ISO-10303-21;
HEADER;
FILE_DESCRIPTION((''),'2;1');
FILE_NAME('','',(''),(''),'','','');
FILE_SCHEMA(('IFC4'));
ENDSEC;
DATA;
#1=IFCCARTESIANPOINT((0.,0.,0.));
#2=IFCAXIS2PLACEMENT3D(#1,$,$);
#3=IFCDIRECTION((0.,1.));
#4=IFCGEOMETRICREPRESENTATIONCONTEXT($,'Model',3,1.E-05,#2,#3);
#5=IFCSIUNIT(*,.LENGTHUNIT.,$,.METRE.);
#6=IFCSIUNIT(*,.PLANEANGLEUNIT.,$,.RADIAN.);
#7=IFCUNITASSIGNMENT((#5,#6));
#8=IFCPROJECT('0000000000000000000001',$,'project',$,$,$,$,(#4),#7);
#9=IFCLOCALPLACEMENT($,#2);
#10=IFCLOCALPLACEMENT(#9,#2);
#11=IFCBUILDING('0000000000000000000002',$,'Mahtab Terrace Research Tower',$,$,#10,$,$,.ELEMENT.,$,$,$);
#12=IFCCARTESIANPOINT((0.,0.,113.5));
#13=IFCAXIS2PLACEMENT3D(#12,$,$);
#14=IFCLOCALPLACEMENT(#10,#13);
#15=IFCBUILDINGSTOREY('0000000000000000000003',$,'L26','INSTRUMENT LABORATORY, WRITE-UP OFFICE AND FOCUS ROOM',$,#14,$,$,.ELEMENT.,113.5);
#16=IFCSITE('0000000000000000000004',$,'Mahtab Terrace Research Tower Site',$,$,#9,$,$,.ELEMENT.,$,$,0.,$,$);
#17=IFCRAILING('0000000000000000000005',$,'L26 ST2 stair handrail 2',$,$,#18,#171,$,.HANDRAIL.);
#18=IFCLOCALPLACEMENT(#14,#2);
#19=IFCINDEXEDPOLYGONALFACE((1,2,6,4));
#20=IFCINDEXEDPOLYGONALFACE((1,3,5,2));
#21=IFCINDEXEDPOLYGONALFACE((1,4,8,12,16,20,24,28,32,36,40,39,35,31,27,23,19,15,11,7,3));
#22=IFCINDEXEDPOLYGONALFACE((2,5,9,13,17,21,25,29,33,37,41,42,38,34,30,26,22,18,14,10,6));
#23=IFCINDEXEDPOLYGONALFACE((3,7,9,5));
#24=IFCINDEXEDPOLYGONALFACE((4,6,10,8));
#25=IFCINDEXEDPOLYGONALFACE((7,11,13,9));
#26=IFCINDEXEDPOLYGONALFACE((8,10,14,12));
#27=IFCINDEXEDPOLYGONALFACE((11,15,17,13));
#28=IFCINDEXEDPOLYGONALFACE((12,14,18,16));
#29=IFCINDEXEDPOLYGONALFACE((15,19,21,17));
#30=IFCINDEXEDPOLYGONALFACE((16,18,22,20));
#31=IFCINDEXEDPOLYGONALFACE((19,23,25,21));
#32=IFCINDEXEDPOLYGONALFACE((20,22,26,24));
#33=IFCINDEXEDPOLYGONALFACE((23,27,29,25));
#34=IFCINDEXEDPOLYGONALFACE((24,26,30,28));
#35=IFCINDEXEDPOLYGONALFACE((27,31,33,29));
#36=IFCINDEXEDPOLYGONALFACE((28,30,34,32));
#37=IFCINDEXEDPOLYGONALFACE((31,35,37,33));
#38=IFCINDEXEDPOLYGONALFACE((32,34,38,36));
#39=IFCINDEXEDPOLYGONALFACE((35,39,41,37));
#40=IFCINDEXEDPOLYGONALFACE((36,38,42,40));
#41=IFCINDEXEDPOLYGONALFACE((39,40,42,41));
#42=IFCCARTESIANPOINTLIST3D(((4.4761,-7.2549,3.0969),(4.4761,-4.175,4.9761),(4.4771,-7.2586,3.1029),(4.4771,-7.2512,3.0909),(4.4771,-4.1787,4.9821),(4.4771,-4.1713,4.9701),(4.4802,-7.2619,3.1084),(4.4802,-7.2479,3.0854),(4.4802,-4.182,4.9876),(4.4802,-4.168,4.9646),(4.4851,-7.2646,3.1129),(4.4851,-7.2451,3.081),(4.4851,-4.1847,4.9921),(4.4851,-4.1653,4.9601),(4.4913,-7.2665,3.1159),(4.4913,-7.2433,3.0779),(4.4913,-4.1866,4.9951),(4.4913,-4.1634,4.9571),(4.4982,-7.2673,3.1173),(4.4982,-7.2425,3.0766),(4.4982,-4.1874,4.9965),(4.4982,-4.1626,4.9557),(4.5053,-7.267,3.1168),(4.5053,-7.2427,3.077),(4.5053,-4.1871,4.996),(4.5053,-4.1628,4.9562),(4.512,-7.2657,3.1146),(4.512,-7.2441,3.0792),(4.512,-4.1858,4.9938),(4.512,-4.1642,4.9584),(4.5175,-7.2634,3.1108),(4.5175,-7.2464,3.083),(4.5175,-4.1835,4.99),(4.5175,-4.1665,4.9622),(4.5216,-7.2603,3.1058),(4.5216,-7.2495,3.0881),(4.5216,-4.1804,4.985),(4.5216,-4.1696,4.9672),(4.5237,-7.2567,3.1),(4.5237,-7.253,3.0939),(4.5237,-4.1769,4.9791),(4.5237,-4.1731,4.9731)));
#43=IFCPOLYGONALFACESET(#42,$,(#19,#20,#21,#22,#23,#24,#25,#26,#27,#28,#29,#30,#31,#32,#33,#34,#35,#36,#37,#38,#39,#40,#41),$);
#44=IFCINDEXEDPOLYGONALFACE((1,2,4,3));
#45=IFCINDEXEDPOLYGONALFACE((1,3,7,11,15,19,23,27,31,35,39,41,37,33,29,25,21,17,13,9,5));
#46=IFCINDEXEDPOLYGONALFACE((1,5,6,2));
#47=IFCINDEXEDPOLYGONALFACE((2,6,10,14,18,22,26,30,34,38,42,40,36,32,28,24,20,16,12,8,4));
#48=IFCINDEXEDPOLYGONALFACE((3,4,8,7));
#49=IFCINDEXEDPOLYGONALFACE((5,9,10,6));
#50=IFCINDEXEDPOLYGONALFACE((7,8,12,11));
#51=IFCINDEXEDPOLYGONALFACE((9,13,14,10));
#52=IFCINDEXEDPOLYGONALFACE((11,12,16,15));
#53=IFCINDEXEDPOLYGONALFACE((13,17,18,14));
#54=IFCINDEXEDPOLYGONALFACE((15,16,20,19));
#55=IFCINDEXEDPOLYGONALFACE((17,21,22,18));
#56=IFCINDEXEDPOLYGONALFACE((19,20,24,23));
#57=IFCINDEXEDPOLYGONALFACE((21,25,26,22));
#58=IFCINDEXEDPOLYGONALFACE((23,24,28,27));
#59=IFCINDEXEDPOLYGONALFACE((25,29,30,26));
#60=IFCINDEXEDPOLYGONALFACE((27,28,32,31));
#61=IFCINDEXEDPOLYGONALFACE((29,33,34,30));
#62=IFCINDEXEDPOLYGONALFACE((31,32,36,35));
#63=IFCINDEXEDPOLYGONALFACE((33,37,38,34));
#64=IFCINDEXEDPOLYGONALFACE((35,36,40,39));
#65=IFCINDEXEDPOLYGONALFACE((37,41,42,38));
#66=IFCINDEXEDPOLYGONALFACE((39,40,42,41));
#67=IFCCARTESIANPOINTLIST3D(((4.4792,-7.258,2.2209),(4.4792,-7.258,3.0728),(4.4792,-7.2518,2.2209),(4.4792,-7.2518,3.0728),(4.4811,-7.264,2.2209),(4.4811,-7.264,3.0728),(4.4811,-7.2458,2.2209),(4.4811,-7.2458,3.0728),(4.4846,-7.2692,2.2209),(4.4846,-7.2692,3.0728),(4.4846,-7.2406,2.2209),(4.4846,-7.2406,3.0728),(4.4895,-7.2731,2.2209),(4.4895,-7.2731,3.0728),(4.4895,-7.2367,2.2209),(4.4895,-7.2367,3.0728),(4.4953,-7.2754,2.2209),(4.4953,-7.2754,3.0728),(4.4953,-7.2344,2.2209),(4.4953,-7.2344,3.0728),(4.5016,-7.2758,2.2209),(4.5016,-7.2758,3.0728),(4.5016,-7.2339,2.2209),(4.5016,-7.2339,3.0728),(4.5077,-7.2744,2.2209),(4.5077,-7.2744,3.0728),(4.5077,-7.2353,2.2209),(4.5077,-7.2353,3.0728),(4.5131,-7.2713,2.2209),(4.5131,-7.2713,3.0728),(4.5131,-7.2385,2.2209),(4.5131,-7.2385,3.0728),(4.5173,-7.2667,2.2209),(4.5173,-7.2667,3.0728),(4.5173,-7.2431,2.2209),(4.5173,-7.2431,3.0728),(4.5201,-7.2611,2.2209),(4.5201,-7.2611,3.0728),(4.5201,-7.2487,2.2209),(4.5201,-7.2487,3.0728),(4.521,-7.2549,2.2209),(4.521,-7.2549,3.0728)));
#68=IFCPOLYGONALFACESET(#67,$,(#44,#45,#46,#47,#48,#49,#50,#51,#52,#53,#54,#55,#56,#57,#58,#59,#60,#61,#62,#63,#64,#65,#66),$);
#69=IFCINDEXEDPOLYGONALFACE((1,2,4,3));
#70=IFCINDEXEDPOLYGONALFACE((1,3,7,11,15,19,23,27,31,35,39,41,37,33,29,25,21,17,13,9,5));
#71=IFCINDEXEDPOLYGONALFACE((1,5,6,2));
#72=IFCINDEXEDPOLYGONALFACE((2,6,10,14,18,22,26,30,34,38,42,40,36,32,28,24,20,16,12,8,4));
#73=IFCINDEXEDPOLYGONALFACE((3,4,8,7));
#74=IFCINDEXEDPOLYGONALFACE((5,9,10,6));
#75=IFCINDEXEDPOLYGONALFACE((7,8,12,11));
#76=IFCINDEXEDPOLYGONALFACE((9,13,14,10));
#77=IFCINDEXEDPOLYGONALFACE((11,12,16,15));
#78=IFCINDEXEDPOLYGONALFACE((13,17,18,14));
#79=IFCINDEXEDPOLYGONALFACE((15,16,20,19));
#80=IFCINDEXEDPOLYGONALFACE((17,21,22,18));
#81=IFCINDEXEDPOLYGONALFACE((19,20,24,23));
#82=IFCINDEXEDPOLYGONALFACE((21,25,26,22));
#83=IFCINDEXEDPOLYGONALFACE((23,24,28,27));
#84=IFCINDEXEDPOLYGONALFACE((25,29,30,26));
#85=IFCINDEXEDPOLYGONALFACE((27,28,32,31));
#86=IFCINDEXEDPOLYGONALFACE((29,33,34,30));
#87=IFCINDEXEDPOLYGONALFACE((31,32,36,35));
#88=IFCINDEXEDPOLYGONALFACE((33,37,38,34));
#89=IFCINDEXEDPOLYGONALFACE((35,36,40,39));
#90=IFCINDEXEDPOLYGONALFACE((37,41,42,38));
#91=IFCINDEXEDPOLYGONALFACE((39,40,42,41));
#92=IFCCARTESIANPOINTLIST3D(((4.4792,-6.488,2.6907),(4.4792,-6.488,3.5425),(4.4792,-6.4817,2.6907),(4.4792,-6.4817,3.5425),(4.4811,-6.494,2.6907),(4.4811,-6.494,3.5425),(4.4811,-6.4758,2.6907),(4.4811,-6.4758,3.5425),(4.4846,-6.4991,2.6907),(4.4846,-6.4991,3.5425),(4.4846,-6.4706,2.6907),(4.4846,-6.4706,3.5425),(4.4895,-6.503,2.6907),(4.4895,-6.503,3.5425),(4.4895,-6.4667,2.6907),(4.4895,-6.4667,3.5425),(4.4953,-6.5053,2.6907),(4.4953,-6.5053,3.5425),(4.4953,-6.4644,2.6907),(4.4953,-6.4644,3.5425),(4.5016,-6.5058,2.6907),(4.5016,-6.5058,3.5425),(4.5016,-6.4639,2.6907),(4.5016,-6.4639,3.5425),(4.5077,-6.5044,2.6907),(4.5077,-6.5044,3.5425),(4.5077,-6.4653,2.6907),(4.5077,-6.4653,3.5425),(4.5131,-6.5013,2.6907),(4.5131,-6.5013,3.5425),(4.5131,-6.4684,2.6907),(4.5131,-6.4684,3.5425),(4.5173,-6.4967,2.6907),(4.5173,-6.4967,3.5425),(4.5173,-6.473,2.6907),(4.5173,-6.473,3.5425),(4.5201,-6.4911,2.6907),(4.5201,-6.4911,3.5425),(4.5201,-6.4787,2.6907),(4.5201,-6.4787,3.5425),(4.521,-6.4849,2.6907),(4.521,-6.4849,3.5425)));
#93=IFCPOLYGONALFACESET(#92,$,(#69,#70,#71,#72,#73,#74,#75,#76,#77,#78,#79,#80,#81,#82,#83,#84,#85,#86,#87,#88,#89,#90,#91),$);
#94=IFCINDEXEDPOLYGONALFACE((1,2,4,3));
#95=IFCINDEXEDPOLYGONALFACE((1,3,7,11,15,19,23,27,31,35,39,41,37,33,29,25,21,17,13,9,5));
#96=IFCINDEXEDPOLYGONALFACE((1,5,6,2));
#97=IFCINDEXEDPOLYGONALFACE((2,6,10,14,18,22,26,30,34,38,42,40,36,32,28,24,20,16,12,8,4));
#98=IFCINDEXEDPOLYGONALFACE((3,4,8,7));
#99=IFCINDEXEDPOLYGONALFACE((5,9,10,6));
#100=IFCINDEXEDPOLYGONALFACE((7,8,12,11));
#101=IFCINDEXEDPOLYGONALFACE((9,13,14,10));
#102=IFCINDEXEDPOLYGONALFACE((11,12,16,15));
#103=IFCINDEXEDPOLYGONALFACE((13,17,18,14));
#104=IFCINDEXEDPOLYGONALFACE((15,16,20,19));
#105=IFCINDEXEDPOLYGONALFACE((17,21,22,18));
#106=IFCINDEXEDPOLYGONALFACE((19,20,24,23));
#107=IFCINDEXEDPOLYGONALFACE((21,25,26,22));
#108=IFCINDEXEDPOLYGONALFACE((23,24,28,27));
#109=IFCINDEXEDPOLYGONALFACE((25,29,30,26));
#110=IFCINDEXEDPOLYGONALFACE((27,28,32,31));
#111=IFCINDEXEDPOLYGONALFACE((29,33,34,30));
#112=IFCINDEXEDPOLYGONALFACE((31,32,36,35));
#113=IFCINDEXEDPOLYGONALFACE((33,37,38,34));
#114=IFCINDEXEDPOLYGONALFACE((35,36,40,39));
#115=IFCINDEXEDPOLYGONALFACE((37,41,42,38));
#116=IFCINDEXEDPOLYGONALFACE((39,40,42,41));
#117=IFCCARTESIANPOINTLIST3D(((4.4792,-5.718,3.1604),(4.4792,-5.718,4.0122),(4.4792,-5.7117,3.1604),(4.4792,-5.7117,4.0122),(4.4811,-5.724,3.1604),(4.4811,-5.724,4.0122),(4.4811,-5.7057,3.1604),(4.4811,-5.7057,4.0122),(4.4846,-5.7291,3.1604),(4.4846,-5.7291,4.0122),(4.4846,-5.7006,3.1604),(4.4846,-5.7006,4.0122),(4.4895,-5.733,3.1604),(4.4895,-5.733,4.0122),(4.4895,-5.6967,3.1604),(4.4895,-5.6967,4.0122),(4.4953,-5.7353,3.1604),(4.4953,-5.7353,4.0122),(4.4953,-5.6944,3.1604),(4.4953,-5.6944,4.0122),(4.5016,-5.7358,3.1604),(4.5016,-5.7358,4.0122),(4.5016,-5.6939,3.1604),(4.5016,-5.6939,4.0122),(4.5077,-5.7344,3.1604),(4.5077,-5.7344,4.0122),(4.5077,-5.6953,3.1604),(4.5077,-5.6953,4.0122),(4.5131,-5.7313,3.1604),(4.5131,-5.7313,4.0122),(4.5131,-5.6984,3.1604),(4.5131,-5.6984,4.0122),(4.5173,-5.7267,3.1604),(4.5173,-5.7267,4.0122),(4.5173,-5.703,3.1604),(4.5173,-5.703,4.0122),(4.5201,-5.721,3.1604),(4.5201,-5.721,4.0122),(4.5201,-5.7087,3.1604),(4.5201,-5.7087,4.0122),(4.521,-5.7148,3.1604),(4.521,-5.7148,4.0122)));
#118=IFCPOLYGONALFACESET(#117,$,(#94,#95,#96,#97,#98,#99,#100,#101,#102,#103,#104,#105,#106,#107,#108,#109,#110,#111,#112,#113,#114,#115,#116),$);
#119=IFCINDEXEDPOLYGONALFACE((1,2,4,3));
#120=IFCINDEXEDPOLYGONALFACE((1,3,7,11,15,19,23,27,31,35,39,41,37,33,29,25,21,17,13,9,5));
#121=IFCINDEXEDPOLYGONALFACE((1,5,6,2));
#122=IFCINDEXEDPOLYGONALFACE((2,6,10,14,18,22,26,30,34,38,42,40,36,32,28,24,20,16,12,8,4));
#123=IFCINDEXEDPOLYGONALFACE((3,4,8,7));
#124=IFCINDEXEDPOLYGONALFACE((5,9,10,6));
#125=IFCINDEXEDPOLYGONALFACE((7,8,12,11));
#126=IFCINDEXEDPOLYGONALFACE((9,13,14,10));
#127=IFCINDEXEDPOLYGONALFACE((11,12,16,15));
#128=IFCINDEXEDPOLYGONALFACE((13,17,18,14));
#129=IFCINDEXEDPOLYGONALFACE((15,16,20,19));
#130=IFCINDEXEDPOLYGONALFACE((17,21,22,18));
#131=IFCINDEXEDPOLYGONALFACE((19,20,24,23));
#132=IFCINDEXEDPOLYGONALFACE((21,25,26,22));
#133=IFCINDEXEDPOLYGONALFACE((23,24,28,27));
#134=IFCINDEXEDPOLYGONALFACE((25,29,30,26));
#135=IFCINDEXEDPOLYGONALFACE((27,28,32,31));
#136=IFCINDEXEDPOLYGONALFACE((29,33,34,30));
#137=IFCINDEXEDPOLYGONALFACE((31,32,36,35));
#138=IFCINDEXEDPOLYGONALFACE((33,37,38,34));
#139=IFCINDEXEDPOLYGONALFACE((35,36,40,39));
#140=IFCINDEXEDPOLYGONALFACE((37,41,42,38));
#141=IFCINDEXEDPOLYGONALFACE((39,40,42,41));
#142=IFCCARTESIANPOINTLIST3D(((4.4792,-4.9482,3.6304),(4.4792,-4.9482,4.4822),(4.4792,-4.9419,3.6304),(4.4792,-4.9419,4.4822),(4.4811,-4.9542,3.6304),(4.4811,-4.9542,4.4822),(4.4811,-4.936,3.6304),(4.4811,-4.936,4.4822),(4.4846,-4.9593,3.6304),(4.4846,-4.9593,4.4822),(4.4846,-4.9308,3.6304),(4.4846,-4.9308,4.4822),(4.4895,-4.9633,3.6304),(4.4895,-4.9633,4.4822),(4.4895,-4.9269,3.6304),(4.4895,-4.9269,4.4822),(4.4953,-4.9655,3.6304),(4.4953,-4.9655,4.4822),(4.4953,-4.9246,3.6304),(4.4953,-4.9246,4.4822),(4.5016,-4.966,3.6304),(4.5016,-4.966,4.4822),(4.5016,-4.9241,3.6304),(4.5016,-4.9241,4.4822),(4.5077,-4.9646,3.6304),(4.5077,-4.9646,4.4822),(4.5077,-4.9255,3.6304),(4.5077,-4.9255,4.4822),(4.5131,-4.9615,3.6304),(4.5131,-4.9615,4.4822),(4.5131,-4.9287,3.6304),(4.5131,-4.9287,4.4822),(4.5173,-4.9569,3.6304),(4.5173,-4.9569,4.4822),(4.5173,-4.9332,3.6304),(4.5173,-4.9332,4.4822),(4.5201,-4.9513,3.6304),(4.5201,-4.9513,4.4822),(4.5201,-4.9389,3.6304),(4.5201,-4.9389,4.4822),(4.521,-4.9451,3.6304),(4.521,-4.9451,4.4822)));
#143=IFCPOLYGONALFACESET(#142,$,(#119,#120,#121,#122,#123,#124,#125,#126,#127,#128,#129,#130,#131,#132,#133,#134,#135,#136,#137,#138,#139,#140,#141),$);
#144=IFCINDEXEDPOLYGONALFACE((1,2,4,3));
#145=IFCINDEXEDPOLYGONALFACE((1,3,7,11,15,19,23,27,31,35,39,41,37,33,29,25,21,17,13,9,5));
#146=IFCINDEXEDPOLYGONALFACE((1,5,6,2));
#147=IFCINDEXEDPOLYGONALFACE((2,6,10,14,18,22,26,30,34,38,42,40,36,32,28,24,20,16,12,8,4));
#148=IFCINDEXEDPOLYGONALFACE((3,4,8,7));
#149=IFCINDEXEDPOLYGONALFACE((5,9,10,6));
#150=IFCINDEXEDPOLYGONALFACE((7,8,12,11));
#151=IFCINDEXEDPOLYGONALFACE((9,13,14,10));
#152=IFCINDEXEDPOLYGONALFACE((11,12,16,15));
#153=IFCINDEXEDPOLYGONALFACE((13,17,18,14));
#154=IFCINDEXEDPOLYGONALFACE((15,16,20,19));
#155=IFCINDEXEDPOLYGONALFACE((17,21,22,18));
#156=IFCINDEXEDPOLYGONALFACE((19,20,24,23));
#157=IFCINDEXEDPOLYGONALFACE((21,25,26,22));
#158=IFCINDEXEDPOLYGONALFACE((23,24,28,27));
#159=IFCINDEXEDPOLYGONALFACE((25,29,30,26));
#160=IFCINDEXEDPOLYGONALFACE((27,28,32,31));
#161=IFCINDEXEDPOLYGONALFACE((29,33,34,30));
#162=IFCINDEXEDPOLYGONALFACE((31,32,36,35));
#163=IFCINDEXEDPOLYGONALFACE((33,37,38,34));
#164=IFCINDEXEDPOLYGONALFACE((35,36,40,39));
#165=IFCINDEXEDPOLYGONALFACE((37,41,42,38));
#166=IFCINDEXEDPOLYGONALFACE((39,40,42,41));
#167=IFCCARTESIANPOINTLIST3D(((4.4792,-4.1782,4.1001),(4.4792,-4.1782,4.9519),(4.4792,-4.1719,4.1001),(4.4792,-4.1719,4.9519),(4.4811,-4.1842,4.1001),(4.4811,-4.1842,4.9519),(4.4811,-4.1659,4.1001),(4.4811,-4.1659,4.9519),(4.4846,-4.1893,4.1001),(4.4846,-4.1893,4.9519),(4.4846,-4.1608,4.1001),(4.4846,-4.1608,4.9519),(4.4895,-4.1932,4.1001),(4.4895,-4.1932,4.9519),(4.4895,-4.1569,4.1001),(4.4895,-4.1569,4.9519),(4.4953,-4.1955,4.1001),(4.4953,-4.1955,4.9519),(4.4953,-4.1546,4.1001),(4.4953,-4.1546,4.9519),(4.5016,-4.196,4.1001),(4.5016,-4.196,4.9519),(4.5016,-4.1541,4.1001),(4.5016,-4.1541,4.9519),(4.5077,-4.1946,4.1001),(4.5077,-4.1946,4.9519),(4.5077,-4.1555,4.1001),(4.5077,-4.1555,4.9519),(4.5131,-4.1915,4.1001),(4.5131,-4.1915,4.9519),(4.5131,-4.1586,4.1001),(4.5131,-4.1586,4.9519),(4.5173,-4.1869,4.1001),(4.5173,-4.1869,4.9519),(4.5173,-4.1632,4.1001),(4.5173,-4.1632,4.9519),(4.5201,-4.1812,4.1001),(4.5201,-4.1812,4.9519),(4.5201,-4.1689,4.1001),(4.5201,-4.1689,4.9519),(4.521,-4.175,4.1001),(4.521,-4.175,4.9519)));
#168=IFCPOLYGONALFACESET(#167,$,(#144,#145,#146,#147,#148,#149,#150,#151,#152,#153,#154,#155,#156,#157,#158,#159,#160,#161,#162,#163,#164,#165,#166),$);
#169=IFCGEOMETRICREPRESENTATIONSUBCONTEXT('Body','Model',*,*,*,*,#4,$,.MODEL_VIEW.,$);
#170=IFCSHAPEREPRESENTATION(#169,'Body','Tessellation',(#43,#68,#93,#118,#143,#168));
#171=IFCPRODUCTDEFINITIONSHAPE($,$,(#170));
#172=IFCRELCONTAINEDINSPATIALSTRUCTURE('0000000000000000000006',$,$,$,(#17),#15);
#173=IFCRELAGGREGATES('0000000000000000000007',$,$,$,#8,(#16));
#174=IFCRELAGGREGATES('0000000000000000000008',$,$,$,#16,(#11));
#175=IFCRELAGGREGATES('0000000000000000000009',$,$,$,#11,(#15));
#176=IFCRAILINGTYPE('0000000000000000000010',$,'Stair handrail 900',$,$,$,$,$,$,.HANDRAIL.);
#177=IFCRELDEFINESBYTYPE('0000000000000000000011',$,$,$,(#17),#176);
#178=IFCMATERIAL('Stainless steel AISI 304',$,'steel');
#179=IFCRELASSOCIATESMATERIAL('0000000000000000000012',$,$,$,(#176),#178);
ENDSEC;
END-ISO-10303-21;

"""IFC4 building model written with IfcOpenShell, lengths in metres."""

from ifc_helpers import new_model, si_unit, direction, frame, origin, origin_2d, place, context, subcontext, project, spatial, circle, extrude, material, type_object, element, save


model = new_model("IFC4")

# Units and contexts
model_context = context("Model", 3, precision=1e-05, world=origin(), true_north=direction((0.0, 1.0)))
body_context = subcontext(model_context, "Body", "Model", "MODEL_VIEW")
ifc_project = project(units=[si_unit("LENGTHUNIT", "METRE"), si_unit("PLANEANGLEUNIT", "RADIAN")], contexts=[model_context])

# Site, building, storey
site_placement = place(None, origin())
site = spatial("IfcSite", under=ifc_project, at=site_placement, Name="Mahtab Terrace Research Tower Site", CompositionType="ELEMENT", RefElevation=0.0)
building_placement = place(site_placement, origin())
building = spatial("IfcBuilding", under=site, at=building_placement, Name="Mahtab Terrace Research Tower", CompositionType="ELEMENT")
storey_placement = place(building_placement, frame((0.0, 0.0, 113.5)))
storey = spatial("IfcBuildingStorey", under=building, at=storey_placement, Name="L26", Description="INSTRUMENT LABORATORY, WRITE-UP OFFICE AND FOCUS ROOM", CompositionType="ELEMENT", Elevation=113.5)

# Railing
ifc_material_1 = material(Name="Stainless steel AISI 304", Category="steel")
railing_type_1 = type_object("IfcRailingType", Name="Stair handrail 900", PredefinedType="HANDRAIL", material=ifc_material_1)
railing_1_placement = place(storey_placement, frame((4.5, -7.2549, 2.2209)))
element("IfcRailing", 1, at=railing_1_placement, inside=storey, type_object=railing_type_1, Name="L26 ST2 stair handrail 2", PredefinedType="HANDRAIL", context=body_context, shape_type="SweptSolid", body=[
    extrude(circle(Radius=0.0239, at=origin_2d()), frame((0.0, 0.0, 0.876), z_axis=(0.0, 0.853648, 0.52085), x_axis=(-1.0, 0.0, 0.0)), (0.0, 0.0, 1.0), 3.6079),
    extrude(circle(Radius=0.021, at=origin_2d()), origin(), (0.0, 0.0, 1.0), 0.8518),
    extrude(circle(Radius=0.021, at=origin_2d()), frame((0.0, 0.77, 0.4697)), (0.0, 0.0, 1.0), 0.8518),
    extrude(circle(Radius=0.021, at=origin_2d()), frame((0.0, 1.54, 0.9395)), (0.0, 0.0, 1.0), 0.8518),
    extrude(circle(Radius=0.021, at=origin_2d()), frame((0.0, 2.3098, 1.4094)), (0.0, 0.0, 1.0), 0.8518),
    extrude(circle(Radius=0.021, at=origin_2d()), frame((0.0, 3.0798, 1.8792)), (0.0, 0.0, 1.0), 0.8518),
])

save(model, "model.ifc")
